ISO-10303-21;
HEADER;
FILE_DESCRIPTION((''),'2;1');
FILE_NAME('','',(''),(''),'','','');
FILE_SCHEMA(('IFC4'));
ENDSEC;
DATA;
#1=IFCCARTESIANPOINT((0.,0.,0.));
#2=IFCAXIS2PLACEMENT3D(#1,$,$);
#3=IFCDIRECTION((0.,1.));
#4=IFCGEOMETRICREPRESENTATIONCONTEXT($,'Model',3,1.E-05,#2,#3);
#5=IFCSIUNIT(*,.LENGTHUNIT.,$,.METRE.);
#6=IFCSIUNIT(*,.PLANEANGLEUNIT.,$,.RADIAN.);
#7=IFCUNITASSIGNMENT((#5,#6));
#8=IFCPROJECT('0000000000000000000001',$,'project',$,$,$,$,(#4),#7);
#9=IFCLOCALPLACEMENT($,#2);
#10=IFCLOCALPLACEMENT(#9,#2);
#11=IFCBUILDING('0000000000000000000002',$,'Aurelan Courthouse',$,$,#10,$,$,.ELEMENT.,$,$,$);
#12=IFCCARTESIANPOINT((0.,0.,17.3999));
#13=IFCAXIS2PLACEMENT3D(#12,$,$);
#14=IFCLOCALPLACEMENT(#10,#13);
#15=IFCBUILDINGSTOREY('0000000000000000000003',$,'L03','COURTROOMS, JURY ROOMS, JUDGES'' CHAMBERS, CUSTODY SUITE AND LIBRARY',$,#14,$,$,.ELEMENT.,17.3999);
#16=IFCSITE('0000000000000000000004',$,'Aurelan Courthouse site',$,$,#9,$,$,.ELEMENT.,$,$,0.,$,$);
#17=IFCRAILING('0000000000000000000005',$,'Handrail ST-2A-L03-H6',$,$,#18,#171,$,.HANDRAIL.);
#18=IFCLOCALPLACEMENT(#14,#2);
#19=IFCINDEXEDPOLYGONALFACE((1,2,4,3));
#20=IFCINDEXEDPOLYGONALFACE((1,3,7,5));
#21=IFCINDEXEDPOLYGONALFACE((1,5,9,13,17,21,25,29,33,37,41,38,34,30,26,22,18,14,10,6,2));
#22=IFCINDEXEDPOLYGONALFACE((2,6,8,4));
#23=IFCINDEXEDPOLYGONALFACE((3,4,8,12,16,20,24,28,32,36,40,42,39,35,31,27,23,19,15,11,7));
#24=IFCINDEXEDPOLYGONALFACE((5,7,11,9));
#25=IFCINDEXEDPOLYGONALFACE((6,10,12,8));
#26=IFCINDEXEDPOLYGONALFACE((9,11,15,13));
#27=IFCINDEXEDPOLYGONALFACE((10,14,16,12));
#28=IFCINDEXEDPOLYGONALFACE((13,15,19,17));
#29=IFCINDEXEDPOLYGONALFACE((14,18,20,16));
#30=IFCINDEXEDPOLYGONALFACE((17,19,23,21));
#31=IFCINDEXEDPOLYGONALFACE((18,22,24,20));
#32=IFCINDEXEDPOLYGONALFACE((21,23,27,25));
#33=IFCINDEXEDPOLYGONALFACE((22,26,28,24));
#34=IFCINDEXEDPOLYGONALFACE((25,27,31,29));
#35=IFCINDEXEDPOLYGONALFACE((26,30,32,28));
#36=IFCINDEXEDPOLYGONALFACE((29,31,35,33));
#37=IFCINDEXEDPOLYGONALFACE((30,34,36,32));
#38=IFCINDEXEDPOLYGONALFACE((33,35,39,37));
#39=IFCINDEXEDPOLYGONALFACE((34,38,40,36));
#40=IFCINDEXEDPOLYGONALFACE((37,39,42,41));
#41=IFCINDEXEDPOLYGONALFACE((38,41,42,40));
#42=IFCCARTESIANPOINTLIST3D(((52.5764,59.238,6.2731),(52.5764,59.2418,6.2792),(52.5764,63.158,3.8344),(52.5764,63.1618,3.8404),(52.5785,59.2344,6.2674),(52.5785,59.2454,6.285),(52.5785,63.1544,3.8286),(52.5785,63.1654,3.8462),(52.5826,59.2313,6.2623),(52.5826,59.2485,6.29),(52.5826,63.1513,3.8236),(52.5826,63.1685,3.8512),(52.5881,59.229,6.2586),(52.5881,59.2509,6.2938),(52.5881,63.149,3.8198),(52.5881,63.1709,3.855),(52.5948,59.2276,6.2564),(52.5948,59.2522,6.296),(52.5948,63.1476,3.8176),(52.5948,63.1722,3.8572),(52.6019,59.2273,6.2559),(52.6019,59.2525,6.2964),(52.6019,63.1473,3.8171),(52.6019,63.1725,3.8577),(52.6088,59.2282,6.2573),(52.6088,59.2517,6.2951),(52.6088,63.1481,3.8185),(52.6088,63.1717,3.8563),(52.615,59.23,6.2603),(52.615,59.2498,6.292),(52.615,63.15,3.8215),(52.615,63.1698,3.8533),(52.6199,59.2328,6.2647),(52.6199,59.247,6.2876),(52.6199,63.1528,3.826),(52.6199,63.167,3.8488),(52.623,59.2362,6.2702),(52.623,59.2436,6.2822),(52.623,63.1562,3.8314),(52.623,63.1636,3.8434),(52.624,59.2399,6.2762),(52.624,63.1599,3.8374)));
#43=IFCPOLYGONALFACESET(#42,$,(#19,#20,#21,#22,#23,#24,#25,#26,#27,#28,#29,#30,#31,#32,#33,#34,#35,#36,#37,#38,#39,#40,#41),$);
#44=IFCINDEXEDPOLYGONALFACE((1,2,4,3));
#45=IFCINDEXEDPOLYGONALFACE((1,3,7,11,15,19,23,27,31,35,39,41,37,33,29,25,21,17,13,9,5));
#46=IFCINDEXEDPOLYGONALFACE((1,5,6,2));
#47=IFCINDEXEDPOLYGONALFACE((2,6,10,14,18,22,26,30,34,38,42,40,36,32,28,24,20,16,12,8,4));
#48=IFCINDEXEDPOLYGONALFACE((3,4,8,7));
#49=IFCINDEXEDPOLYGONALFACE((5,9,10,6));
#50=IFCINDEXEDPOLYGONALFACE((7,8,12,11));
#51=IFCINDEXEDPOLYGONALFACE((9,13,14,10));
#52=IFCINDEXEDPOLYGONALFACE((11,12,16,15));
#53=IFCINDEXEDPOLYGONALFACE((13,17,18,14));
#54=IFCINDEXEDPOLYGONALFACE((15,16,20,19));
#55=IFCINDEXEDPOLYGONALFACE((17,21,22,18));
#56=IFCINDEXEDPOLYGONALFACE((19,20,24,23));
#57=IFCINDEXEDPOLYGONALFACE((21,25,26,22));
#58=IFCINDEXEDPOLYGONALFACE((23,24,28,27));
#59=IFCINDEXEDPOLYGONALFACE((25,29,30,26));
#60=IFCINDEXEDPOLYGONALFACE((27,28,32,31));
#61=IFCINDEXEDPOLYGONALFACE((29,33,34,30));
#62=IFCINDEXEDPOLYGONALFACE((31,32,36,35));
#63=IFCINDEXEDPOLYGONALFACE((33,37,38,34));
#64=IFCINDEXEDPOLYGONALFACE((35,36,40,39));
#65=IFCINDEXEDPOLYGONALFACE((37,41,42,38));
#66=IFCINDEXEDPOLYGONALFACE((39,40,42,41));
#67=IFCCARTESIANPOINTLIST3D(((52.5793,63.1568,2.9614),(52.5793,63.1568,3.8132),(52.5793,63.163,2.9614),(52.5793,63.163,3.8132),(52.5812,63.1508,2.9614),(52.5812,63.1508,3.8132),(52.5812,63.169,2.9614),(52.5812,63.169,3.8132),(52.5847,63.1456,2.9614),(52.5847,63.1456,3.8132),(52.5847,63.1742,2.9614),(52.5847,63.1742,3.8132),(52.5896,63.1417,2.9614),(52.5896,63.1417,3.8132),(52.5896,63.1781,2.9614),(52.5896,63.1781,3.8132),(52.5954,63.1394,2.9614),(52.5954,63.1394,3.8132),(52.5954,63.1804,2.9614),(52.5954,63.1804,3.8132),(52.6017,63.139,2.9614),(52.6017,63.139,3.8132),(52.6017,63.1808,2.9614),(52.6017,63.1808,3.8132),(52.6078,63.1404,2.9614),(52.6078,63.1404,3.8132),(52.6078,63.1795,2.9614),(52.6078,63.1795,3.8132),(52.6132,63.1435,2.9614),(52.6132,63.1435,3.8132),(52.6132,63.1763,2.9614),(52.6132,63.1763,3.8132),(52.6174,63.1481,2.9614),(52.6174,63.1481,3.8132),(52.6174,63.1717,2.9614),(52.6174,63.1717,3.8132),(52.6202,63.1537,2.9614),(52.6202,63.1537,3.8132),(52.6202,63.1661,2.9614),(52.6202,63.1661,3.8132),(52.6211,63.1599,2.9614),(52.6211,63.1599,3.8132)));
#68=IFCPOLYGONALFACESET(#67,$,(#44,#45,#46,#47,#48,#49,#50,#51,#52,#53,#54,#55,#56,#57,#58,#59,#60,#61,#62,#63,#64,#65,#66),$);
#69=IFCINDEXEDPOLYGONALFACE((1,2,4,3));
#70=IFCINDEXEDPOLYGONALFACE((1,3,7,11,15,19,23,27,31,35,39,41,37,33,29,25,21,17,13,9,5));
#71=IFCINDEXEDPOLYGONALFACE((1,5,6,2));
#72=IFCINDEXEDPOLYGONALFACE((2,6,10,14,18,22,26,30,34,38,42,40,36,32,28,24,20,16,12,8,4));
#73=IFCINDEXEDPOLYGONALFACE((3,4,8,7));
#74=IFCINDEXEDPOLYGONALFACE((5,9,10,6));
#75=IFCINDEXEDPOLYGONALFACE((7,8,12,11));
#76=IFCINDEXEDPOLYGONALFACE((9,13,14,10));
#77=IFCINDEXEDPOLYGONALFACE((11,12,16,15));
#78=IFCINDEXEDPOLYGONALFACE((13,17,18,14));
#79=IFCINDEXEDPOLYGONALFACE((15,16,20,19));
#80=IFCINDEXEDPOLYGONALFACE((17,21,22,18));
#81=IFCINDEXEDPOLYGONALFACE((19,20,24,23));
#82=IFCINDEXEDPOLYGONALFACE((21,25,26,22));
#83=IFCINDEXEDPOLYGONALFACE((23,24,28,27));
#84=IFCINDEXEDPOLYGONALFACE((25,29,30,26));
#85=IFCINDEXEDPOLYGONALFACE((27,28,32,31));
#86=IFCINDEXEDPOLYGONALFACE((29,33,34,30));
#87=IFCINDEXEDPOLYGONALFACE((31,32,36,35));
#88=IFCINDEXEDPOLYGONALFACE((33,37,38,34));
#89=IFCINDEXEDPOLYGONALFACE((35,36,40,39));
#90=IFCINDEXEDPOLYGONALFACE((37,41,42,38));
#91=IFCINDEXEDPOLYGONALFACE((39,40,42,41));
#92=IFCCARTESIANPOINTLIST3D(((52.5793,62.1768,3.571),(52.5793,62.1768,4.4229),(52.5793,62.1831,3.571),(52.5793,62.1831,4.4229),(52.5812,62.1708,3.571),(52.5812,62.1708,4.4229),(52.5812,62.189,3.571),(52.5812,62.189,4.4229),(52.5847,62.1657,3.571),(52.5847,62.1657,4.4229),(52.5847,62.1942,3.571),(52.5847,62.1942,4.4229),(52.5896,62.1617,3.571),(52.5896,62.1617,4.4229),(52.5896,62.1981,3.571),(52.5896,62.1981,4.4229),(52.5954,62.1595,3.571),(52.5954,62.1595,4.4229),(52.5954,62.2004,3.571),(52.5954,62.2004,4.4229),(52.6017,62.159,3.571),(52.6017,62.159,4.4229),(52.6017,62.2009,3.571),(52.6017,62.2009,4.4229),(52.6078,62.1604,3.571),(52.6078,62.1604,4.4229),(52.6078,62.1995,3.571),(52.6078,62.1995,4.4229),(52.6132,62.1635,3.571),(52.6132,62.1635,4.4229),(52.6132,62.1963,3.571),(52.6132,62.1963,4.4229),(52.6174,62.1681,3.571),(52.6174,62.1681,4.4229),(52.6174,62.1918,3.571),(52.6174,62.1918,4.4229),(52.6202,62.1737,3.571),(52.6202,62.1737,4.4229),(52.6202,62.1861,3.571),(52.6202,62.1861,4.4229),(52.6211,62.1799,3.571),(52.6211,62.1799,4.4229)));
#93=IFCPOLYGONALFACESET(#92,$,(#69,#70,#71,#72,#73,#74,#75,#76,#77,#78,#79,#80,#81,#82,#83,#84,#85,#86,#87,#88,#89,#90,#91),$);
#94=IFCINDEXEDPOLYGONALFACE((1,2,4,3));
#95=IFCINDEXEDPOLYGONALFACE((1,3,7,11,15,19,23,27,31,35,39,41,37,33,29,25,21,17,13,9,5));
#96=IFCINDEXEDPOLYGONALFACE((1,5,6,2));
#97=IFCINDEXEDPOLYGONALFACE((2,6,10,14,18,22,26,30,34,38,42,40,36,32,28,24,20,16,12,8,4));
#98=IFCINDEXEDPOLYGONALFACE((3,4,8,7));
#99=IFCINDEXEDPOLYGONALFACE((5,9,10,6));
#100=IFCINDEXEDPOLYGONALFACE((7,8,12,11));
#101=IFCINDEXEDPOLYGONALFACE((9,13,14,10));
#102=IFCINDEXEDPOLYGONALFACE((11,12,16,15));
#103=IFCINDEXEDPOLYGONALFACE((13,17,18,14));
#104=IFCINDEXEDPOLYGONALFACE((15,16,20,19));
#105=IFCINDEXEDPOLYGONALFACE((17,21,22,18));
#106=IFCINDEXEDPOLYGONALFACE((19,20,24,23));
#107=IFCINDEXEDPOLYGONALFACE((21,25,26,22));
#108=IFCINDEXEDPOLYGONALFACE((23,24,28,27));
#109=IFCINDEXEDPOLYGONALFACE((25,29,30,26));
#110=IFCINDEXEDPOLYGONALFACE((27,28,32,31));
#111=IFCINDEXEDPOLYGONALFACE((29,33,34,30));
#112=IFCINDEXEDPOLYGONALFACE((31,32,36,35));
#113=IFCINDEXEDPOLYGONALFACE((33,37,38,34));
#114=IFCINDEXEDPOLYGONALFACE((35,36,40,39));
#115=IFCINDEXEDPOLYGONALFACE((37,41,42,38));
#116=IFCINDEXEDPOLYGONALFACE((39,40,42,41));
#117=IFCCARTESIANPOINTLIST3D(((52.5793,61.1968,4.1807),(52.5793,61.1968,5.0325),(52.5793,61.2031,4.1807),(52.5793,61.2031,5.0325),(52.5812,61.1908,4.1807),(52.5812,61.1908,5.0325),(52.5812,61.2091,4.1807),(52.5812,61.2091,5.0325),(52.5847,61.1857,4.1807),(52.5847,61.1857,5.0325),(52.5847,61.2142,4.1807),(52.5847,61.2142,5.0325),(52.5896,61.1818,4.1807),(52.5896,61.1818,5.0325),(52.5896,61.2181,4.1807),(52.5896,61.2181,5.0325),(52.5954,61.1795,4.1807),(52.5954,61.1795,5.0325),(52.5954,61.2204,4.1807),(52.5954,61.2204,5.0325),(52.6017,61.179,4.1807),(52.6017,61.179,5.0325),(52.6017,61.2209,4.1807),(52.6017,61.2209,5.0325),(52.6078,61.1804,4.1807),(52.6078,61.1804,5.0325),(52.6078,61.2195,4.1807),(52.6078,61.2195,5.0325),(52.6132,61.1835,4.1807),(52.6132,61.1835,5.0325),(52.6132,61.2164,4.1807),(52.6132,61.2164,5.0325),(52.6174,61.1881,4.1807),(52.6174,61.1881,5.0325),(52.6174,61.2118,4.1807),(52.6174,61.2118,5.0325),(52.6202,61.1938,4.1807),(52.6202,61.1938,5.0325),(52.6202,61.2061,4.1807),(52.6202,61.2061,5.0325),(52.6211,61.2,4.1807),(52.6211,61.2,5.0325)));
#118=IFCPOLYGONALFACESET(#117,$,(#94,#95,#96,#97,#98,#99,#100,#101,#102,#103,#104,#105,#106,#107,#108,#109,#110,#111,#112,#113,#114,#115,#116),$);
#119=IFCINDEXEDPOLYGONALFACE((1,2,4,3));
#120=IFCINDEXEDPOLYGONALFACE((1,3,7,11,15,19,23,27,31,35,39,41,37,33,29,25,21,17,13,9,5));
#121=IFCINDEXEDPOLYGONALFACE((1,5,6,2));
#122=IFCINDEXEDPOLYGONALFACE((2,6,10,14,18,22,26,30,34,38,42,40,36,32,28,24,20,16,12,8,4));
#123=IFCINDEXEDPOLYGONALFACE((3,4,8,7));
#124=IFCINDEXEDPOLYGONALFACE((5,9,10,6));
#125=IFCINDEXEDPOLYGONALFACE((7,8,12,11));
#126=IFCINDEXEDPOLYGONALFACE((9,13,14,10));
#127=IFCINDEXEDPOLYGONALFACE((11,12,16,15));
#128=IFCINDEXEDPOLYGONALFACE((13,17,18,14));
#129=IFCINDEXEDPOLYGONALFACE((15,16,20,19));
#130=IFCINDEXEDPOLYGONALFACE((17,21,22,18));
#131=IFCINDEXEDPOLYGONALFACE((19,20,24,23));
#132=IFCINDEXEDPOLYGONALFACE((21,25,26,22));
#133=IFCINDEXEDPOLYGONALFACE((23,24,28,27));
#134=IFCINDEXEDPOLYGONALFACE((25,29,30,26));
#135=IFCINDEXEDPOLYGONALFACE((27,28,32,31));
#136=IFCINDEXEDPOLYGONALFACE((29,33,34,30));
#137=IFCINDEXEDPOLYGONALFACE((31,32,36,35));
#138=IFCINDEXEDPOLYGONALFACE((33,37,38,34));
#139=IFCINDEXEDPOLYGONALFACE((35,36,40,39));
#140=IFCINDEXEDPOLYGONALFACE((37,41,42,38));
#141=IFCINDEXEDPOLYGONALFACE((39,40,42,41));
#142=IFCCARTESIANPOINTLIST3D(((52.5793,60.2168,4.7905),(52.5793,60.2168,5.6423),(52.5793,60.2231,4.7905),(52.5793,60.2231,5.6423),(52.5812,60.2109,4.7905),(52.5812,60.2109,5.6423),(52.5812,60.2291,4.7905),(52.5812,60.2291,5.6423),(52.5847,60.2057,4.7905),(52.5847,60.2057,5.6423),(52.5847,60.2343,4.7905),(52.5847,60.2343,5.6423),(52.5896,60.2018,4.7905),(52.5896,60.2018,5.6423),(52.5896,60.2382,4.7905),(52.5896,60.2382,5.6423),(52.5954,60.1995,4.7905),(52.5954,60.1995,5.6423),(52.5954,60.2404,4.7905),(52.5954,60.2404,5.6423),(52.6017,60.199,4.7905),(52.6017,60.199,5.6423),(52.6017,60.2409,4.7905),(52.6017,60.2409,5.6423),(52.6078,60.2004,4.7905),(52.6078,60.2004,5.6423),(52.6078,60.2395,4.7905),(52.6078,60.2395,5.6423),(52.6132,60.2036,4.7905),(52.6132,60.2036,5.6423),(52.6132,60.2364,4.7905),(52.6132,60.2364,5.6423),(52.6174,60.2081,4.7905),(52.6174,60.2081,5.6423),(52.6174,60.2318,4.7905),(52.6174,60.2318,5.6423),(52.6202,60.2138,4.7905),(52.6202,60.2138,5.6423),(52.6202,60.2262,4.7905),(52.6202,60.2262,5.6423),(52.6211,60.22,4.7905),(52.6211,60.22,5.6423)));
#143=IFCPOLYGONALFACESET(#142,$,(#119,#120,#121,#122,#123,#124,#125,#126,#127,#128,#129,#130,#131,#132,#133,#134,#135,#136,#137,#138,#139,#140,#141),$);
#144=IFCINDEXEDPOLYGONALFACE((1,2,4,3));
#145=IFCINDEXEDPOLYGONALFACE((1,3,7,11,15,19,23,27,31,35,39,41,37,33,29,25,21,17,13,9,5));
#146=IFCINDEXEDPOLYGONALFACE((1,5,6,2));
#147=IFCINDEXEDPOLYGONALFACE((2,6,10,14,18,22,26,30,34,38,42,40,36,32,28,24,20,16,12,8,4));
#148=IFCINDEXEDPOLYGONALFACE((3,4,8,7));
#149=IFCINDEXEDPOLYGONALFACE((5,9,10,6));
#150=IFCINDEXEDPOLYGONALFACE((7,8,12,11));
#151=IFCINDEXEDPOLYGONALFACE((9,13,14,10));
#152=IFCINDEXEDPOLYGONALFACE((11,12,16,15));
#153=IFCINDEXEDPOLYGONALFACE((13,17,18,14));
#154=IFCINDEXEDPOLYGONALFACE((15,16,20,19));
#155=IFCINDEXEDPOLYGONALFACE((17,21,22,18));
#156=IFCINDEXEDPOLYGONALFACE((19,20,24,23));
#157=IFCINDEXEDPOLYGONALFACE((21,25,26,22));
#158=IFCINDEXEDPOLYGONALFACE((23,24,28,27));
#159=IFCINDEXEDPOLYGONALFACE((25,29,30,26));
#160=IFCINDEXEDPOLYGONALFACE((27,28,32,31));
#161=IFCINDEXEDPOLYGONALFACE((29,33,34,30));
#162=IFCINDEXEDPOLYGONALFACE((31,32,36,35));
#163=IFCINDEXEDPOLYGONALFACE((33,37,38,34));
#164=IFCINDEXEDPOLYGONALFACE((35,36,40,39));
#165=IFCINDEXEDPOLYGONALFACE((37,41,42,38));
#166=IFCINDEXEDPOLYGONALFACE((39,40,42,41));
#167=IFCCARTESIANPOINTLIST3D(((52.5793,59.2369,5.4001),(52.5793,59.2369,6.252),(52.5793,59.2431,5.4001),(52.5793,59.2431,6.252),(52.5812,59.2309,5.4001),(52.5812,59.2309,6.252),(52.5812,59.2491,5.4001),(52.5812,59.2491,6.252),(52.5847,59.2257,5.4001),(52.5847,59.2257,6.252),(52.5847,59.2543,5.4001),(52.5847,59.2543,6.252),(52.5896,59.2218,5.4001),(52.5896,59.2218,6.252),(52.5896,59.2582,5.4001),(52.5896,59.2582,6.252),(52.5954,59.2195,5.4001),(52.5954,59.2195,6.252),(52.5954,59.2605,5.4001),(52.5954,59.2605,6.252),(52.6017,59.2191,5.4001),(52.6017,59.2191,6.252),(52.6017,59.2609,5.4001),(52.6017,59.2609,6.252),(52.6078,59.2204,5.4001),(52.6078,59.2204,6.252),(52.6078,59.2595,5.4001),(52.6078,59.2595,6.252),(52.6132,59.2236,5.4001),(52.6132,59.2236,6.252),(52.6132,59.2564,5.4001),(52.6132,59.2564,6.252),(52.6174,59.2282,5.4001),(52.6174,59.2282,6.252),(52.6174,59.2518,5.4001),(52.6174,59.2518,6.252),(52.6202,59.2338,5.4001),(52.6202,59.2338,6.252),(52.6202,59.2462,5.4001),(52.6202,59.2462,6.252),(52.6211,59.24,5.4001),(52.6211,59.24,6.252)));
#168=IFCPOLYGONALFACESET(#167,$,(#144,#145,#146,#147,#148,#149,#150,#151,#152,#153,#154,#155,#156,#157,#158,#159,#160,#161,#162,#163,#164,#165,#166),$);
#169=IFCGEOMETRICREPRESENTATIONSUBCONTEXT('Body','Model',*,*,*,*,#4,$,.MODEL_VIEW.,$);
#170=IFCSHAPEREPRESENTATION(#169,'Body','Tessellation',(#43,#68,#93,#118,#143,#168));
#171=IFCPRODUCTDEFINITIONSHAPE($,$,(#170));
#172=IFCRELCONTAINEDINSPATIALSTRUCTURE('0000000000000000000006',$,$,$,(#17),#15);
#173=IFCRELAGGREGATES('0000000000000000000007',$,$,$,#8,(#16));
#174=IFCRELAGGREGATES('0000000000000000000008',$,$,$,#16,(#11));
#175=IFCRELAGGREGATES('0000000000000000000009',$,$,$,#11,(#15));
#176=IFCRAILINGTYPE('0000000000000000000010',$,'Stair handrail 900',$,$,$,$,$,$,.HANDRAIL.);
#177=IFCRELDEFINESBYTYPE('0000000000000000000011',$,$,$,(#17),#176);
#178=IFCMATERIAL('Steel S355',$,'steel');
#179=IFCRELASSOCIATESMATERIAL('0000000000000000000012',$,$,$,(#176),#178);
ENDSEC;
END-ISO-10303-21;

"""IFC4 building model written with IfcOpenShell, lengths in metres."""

from ifc_helpers import new_model, si_unit, direction, frame, origin, origin_2d, place, context, subcontext, project, spatial, circle, extrude, material, type_object, element, save


model = new_model("IFC4")

# Units and contexts
model_context = context("Model", 3, precision=1e-05, world=origin(), true_north=direction((0.0, 1.0)))
body_context = subcontext(model_context, "Body", "Model", "MODEL_VIEW")
ifc_project = project(units=[si_unit("LENGTHUNIT", "METRE"), si_unit("PLANEANGLEUNIT", "RADIAN")], contexts=[model_context])

# Site, building, storey
site_placement = place(None, origin())
site = spatial("IfcSite", under=ifc_project, at=site_placement, Name="Aurelan Courthouse site", CompositionType="ELEMENT", RefElevation=0.0)
building_placement = place(site_placement, origin())
building = spatial("IfcBuilding", under=site, at=building_placement, Name="Aurelan Courthouse", CompositionType="ELEMENT")
storey_placement = place(building_placement, frame((0.0, 0.0, 17.3999)))
storey = spatial("IfcBuildingStorey", under=building, at=storey_placement, Name="L03", Description="COURTROOMS, JURY ROOMS, JUDGES' CHAMBERS, CUSTODY SUITE AND LIBRARY", CompositionType="ELEMENT", Elevation=17.3999)

# Railing
ifc_material_1 = material(Name="Steel S355", Category="steel")
railing_type_1 = type_object("IfcRailingType", Name="Stair handrail 900", PredefinedType="HANDRAIL", material=ifc_material_1)
for number, where, name in (
    (1, (52.6001, 63.1599, 2.9614), "Handrail ST-2A-L03-H6"),
):
    element("IfcRailing", number, at=place(storey_placement, frame(where)), inside=storey, type_object=railing_type_1, Name=name, PredefinedType="HANDRAIL", context=body_context, shape_type="SweptSolid", body=[
        extrude(circle(Radius=0.0239, at=origin_2d()), frame((0.0, 0.0, 0.876), z_axis=(0.0, -0.84909, 0.528249), x_axis=(1.0, 0.0, 0.0)), (0.0, 0.0, 1.0), 4.6167),
        extrude(circle(Radius=0.021, at=origin_2d()), origin(), (0.0, 0.0, 1.0), 0.8518),
        extrude(circle(Radius=0.021, at=origin_2d()), frame((0.0, -0.98, 0.6096)), (0.0, 0.0, 1.0), 0.8518),
        extrude(circle(Radius=0.021, at=origin_2d()), frame((0.0, -1.96, 1.2192)), (0.0, 0.0, 1.0), 0.8518),
        extrude(circle(Radius=0.021, at=origin_2d()), frame((0.0, -2.9399, 1.8291)), (0.0, 0.0, 1.0), 0.8518),
        extrude(circle(Radius=0.021, at=origin_2d()), frame((0.0, -3.9199, 2.4387)), (0.0, 0.0, 1.0), 0.8518),
    ])

save(model, "model.ifc")
